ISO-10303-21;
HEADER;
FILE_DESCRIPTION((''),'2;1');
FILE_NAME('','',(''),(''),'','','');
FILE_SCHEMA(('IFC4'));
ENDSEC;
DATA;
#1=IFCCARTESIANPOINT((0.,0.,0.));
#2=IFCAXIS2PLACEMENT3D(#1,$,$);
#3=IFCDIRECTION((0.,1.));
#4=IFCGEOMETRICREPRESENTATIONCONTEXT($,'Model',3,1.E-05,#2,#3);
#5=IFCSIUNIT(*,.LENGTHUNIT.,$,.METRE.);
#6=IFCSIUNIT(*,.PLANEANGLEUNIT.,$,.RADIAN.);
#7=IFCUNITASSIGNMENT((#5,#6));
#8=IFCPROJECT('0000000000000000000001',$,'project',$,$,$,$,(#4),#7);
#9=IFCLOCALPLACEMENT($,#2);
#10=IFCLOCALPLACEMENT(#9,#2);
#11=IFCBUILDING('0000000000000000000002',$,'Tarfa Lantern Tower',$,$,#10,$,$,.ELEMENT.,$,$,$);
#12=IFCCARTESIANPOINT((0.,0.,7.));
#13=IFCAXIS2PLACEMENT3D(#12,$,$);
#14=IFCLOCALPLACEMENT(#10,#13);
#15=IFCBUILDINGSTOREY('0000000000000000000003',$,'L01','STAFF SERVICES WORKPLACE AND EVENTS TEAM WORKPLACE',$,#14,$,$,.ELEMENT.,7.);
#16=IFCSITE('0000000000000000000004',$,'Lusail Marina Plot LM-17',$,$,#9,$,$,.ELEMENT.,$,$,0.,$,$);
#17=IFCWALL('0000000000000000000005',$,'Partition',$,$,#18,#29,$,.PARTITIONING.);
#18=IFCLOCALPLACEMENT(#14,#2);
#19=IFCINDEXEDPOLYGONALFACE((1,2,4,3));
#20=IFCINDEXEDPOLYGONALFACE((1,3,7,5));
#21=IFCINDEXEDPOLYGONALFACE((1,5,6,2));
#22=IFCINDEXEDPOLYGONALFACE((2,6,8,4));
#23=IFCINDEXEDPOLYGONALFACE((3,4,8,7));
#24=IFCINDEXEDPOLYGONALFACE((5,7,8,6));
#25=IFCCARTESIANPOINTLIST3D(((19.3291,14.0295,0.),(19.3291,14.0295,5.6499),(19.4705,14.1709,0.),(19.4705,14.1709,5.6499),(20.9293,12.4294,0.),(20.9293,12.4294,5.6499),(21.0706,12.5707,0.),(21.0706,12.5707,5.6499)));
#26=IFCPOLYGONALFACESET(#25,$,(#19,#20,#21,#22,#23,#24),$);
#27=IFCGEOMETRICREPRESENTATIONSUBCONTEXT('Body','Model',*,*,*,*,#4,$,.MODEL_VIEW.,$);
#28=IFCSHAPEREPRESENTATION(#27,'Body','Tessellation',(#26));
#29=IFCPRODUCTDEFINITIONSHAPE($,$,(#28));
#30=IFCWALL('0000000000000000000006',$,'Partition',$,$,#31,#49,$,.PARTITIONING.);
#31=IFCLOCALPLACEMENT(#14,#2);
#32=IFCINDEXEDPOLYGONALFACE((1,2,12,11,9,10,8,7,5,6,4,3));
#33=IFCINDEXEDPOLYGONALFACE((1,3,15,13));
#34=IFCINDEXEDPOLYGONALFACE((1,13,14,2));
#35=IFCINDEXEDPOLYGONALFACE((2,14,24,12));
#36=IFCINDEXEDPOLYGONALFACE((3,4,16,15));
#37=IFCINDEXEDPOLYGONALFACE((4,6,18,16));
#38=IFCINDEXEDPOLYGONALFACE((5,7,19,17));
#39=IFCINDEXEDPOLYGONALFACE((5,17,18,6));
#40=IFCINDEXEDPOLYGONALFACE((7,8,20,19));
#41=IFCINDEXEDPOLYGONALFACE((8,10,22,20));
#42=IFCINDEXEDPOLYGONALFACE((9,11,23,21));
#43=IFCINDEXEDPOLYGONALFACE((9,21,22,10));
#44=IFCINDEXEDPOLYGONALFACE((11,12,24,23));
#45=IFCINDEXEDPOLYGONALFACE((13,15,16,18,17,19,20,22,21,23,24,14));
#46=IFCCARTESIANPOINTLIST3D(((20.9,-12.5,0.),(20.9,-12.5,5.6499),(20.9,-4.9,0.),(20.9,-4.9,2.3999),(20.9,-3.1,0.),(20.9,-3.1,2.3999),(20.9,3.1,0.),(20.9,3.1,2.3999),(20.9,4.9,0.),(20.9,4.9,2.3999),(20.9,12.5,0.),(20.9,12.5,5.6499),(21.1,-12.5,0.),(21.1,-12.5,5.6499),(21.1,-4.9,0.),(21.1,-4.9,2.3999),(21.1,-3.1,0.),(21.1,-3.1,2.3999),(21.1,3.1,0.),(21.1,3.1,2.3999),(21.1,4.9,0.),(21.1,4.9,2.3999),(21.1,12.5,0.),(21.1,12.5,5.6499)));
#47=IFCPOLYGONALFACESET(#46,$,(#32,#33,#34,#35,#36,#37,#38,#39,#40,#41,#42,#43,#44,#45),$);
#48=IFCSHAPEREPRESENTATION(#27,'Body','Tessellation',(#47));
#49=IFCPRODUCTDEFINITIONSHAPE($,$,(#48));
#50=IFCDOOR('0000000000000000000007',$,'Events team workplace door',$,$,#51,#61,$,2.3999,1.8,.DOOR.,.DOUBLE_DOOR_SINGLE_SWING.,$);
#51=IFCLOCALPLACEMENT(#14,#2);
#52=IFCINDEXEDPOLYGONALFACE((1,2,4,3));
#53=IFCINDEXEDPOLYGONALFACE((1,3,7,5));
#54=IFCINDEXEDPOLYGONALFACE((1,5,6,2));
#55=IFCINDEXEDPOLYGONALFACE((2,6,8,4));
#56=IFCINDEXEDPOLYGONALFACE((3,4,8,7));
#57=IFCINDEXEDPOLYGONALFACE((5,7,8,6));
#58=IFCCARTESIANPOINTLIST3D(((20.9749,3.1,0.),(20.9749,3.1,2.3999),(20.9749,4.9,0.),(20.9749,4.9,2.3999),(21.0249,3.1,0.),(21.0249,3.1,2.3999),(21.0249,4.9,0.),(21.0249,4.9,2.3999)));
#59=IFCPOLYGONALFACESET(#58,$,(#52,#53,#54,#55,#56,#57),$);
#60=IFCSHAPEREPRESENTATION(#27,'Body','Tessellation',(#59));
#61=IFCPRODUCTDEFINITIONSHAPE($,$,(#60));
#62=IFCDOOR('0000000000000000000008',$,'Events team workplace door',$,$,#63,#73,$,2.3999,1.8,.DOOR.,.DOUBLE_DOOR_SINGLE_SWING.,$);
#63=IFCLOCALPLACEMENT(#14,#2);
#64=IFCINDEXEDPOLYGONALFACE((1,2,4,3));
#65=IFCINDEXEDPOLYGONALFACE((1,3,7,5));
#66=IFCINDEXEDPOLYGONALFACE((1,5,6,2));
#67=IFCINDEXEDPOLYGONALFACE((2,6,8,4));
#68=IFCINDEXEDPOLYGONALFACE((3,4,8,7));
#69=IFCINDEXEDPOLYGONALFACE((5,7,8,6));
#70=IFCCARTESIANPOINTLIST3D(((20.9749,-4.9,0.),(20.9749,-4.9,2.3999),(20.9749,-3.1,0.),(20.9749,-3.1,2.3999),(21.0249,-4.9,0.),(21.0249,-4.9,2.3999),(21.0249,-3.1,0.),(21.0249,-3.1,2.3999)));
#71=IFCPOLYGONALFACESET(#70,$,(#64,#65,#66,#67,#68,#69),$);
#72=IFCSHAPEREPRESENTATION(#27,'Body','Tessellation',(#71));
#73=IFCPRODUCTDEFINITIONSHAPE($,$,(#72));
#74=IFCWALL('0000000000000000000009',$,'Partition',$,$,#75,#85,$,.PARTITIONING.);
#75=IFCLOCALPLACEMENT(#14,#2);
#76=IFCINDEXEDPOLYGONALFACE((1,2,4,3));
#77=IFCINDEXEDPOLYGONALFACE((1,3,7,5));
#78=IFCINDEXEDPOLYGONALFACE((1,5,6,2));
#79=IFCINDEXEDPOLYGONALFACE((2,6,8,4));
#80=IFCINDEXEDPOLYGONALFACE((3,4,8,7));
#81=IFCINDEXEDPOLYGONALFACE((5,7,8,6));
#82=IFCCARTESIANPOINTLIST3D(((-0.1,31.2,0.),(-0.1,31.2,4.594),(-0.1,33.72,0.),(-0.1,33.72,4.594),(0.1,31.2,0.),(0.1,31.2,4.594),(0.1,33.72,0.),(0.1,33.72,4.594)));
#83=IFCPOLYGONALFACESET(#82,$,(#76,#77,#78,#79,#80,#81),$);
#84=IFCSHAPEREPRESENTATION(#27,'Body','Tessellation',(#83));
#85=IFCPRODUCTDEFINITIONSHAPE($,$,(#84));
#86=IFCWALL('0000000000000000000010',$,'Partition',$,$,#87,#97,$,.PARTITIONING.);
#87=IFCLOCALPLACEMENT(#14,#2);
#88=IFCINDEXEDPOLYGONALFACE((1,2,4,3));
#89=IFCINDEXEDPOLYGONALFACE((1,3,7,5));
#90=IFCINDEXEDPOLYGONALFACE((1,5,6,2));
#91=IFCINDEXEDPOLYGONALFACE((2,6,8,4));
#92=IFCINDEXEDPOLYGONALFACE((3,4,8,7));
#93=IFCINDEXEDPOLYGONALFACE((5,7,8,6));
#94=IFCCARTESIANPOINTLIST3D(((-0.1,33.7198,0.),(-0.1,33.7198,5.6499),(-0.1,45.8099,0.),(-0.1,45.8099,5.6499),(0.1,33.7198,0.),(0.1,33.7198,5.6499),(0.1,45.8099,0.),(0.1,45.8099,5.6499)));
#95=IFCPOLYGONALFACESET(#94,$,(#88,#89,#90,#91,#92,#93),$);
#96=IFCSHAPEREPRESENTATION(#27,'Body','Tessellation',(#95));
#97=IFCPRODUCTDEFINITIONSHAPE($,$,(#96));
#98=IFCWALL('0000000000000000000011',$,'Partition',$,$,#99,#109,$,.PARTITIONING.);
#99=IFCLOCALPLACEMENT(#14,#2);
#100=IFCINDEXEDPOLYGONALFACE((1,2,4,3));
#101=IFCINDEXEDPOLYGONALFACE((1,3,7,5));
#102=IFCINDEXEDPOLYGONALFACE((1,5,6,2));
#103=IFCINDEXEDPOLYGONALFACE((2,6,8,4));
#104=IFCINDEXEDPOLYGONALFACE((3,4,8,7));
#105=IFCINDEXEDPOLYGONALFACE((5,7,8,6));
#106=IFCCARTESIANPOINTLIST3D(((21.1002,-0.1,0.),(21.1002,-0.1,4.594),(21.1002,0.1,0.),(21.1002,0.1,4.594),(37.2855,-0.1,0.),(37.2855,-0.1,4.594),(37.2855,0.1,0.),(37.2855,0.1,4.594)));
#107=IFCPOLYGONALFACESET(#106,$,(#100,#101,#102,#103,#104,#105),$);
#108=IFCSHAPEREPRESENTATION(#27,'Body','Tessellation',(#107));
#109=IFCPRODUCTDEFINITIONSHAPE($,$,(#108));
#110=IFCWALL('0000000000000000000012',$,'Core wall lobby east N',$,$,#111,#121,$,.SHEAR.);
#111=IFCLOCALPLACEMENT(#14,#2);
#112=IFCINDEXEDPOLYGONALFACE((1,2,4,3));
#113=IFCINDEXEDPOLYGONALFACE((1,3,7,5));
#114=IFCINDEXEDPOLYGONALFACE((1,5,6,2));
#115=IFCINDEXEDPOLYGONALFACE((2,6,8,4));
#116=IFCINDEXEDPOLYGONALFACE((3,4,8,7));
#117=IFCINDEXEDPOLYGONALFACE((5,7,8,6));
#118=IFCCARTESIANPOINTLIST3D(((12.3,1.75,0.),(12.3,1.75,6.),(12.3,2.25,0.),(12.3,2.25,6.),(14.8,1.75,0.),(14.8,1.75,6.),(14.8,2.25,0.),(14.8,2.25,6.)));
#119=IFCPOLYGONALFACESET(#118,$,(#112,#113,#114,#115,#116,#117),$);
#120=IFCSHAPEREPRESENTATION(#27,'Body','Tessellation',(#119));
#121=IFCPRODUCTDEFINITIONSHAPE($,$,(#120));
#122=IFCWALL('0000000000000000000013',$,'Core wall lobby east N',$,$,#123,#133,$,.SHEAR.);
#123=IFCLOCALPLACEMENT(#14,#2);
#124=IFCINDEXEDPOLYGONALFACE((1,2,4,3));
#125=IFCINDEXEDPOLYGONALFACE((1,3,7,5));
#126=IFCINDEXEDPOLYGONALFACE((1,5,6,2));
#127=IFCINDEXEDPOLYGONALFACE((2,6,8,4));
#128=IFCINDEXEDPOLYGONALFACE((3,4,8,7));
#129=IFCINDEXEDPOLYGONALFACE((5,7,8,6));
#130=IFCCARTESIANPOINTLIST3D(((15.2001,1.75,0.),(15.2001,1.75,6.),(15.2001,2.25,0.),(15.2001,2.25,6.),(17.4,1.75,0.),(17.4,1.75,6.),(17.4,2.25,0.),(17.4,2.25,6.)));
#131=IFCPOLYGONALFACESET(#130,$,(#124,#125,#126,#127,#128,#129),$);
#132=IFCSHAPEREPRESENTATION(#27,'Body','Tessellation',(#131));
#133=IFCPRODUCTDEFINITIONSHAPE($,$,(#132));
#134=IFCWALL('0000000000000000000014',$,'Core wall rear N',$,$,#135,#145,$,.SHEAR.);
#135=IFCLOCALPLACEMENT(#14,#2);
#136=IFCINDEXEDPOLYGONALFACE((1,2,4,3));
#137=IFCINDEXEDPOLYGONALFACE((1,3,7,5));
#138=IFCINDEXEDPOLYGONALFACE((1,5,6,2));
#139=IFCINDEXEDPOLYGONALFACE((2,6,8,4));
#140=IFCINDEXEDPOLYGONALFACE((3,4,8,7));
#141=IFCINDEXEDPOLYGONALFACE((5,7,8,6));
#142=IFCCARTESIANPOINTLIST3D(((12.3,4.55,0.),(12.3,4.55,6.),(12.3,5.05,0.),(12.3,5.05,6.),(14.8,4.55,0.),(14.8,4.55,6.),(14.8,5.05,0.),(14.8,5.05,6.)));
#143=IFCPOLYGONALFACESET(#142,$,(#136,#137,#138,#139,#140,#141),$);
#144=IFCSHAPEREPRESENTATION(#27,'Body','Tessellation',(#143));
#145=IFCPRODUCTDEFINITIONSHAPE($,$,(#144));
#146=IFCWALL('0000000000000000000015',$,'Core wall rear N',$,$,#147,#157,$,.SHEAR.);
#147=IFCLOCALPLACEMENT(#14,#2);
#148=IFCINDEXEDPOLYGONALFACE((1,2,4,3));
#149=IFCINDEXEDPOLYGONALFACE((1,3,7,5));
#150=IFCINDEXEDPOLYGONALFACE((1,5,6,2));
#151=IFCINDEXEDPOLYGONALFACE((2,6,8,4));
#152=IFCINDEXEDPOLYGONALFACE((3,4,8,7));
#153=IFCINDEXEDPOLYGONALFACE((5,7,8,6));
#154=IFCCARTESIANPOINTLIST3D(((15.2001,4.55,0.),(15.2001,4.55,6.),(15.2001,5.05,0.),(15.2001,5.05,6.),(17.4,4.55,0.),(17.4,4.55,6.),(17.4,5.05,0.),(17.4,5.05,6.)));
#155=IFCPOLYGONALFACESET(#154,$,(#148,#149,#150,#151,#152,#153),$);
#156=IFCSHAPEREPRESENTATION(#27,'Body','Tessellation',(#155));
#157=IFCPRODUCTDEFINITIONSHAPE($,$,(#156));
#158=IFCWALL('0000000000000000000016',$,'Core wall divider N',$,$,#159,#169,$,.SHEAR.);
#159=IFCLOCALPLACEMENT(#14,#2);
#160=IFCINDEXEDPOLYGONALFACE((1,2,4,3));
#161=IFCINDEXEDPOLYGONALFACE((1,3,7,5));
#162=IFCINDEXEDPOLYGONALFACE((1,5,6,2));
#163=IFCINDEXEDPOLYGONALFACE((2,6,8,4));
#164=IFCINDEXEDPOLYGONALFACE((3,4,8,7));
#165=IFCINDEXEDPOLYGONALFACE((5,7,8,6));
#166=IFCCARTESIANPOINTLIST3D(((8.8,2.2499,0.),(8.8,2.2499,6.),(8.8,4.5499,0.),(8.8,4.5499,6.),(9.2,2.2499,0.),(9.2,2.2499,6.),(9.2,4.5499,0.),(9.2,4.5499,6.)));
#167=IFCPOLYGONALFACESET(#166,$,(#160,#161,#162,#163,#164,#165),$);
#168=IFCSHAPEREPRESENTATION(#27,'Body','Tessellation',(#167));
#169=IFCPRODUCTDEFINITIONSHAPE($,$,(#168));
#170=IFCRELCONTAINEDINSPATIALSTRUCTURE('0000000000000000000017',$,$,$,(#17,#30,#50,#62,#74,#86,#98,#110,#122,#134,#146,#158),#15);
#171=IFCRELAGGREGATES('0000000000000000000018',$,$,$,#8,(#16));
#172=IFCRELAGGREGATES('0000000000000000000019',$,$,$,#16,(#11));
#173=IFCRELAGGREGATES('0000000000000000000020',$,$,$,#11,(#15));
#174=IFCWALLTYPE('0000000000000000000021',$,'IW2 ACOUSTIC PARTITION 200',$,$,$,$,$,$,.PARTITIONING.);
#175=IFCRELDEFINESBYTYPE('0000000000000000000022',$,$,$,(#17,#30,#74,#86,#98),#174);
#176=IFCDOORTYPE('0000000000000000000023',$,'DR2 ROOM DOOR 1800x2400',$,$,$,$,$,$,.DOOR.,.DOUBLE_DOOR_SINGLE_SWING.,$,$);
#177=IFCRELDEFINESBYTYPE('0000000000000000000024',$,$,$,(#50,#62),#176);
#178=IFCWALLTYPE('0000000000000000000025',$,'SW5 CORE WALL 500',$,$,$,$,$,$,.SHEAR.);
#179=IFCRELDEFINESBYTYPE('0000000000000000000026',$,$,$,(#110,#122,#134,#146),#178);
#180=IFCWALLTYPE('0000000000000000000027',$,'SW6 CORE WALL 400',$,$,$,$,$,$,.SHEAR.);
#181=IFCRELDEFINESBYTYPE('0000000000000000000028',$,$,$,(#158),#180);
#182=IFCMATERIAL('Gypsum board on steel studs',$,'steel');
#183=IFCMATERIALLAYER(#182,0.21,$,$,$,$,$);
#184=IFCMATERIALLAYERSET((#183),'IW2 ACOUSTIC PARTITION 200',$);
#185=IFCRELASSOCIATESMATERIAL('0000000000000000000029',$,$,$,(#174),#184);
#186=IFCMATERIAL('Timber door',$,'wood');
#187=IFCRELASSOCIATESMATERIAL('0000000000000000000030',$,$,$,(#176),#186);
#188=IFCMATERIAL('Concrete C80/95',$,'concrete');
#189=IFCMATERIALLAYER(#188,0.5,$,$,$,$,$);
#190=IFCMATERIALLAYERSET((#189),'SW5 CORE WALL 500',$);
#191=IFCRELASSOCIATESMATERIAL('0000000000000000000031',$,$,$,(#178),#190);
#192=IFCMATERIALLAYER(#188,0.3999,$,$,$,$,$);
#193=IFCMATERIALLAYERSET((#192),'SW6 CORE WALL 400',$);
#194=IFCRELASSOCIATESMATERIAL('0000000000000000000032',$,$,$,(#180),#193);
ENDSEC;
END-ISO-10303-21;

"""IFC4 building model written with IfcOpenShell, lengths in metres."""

from ifc_helpers import new_model, si_unit, direction, frame, frame_2d, origin, place, context, subcontext, project, spatial, rectangle, extrude, material, layer, layer_set, type_object, element, fill, save


model = new_model("IFC4")

# Units and contexts
model_context = context("Model", 3, precision=1e-05, world=origin(), true_north=direction((0.0, 1.0)))
body_context = subcontext(model_context, "Body", "Model", "MODEL_VIEW")
ifc_project = project(units=[si_unit("LENGTHUNIT", "METRE"), si_unit("PLANEANGLEUNIT", "RADIAN")], contexts=[model_context])

# Site, building, storey
site_placement = place(None, origin())
site = spatial("IfcSite", under=ifc_project, at=site_placement, Name="Lusail Marina Plot LM-17", CompositionType="ELEMENT", RefElevation=0.0)
building_placement = place(site_placement, origin())
building = spatial("IfcBuilding", under=site, at=building_placement, Name="Tarfa Lantern Tower", CompositionType="ELEMENT")
storey_placement = place(building_placement, frame((0.0, 0.0, 7.0)))
storey = spatial("IfcBuildingStorey", under=building, at=storey_placement, Name="L01", Description="STAFF SERVICES WORKPLACE AND EVENTS TEAM WORKPLACE", CompositionType="ELEMENT", Elevation=7.0)

# Shared definitions
ifc_material_1 = material(Name="Concrete C80/95", Category="concrete")

# Wall
ifc_material_2 = material(Name="Gypsum board on steel studs", Category="steel")
ifc_layer_1 = layer(ifc_material_2, 0.21)
ifc_layer_set_1 = layer_set([ifc_layer_1], Name="IW2 ACOUSTIC PARTITION 200")
wall_type_1 = type_object("IfcWallType", Name="IW2 ACOUSTIC PARTITION 200", PredefinedType="PARTITIONING", material=ifc_layer_set_1)
wall_1_placement = place(storey_placement, frame((19.3999, 14.1001, 0.0), z_axis=(0.0, 0.0, 1.0), x_axis=(0.707107, -0.707107, 0.0)))
element("IfcWall", 1, at=wall_1_placement, inside=storey, type_object=wall_type_1, Name="Partition", PredefinedType="PARTITIONING", context=body_context, shape_type="SweptSolid", body=[
    extrude(rectangle(XDim=2.2629, YDim=0.2, at=frame_2d((1.1313, 0.0))), origin(), (0.0, 0.0, 1.0), 5.6499),
])

# Wall, openings, doors
wall_2_placement = place(storey_placement, frame((21.0, 12.5, 0.0), z_axis=(0.0, 0.0, 1.0), x_axis=(0.0, -1.0, 0.0)))
wall_2 = element("IfcWall", 2, at=wall_2_placement, inside=storey, type_object=wall_type_1, Name="Partition", PredefinedType="PARTITIONING", context=body_context, shape_type="SweptSolid", body=[
    extrude(rectangle(XDim=25.0, YDim=0.2, at=frame_2d((12.5, 0.0))), origin(), (0.0, 0.0, 1.0), 5.6499),
])
opening_1_placement = place(wall_2_placement, frame((7.6001, 0.0, 0.0)))
opening_1 = element("IfcOpeningElement", 3, at=opening_1_placement, cuts=wall_2, PredefinedType="OPENING", context=body_context, shape_type="SweptSolid", body=[
    extrude(rectangle(XDim=1.8, YDim=2.3999, at=frame_2d((0.8999, 1.2))), frame((0.0, 0.1099, 0.0), z_axis=(0.0, -1.0, 0.0), x_axis=(1.0, 0.0, 0.0)), (0.0, 0.0, 1.0), 0.22),
])
opening_2_placement = place(wall_2_placement, frame((15.6001, 0.0, 0.0)))
opening_2 = element("IfcOpeningElement", 4, at=opening_2_placement, cuts=wall_2, PredefinedType="OPENING", context=body_context, shape_type="SweptSolid", body=[
    extrude(rectangle(XDim=1.8, YDim=2.3999, at=frame_2d((0.8999, 1.2))), frame((0.0, 0.1099, 0.0), z_axis=(0.0, -1.0, 0.0), x_axis=(1.0, 0.0, 0.0)), (0.0, 0.0, 1.0), 0.22),
])
ifc_material_3 = material(Name="Timber door", Category="wood")
door_type = type_object("IfcDoorType", Name="DR2 ROOM DOOR 1800x2400", OperationType="DOUBLE_DOOR_SINGLE_SWING", PredefinedType="DOOR", material=ifc_material_3)
door_1_placement = place(opening_1_placement, origin())
door_1 = element("IfcDoor", 5, at=door_1_placement, inside=storey, type_object=door_type, Name="Events team workplace door", OperationType="DOUBLE_DOOR_SINGLE_SWING", OverallHeight=2.3999, OverallWidth=1.8, PredefinedType="DOOR", context=body_context, shape_type="SweptSolid", body=[
    extrude(rectangle(XDim=1.8, YDim=2.3999, at=frame_2d((0.8999, 1.2))), frame((0.0, 0.0249, 0.0), z_axis=(0.0, -1.0, 0.0), x_axis=(1.0, 0.0, 0.0)), (0.0, 0.0, 1.0), 0.05),
])
fill(opening_1, door_1)
door_2_placement = place(opening_2_placement, origin())
door_2 = element("IfcDoor", 6, at=door_2_placement, inside=storey, type_object=door_type, Name="Events team workplace door", OperationType="DOUBLE_DOOR_SINGLE_SWING", OverallHeight=2.3999, OverallWidth=1.8, PredefinedType="DOOR", context=body_context, shape_type="SweptSolid", body=[
    extrude(rectangle(XDim=1.8, YDim=2.3999, at=frame_2d((0.8999, 1.2))), frame((0.0, 0.0249, 0.0), z_axis=(0.0, -1.0, 0.0), x_axis=(1.0, 0.0, 0.0)), (0.0, 0.0, 1.0), 0.05),
])
fill(opening_2, door_2)

# Walls
wall_3_placement = place(storey_placement, frame((0.0, 31.2, 0.0), z_axis=(0.0, 0.0, 1.0), x_axis=(0.0, 1.0, 0.0)))
element("IfcWall", 7, at=wall_3_placement, inside=storey, type_object=wall_type_1, Name="Partition", PredefinedType="PARTITIONING", context=body_context, shape_type="SweptSolid", body=[
    extrude(rectangle(XDim=2.52, YDim=0.2, at=frame_2d((1.26, 0.0))), origin(), (0.0, 0.0, 1.0), 4.594),
])
wall_4_placement = place(storey_placement, frame((0.0, 33.72, 0.0), z_axis=(0.0, 0.0, 1.0), x_axis=(0.0, 1.0, 0.0)))
element("IfcWall", 8, at=wall_4_placement, inside=storey, type_object=wall_type_1, Name="Partition", PredefinedType="PARTITIONING", context=body_context, shape_type="SweptSolid", body=[
    extrude(rectangle(XDim=12.0901, YDim=0.2, at=frame_2d((6.0449, 0.0))), origin(), (0.0, 0.0, 1.0), 5.6499),
])
wall_5_placement = place(storey_placement, frame((21.1001, 0.0, 0.0), z_axis=(0.0, 0.0, 1.0), x_axis=(1.0, 0.0, 0.0)))
element("IfcWall", 9, at=wall_5_placement, inside=storey, type_object=wall_type_1, Name="Partition", PredefinedType="PARTITIONING", context=body_context, shape_type="SweptSolid", body=[
    extrude(rectangle(XDim=16.1853, YDim=0.2, at=frame_2d((8.0928, 0.0))), origin(), (0.0, 0.0, 1.0), 4.594),
])
ifc_layer_2 = layer(ifc_material_1, 0.5)
ifc_layer_set_2 = layer_set([ifc_layer_2], Name="SW5 CORE WALL 500")
wall_type_2 = type_object("IfcWallType", Name="SW5 CORE WALL 500", PredefinedType="SHEAR", material=ifc_layer_set_2)
wall_6_placement = place(storey_placement, frame((12.3, 2.0, 0.0), z_axis=(0.0, 0.0, 1.0), x_axis=(1.0, 0.0, 0.0)))
element("IfcWall", 10, at=wall_6_placement, inside=storey, type_object=wall_type_2, Name="Core wall lobby east N", PredefinedType="SHEAR", context=body_context, shape_type="SweptSolid", body=[
    extrude(rectangle(XDim=2.5, YDim=0.5, at=frame_2d((1.25, 0.0))), origin(), (0.0, 0.0, 1.0), 6.0),
])
wall_7_placement = place(storey_placement, frame((15.2, 2.0, 0.0), z_axis=(0.0, 0.0, 1.0), x_axis=(1.0, 0.0, 0.0)))
element("IfcWall", 11, at=wall_7_placement, inside=storey, type_object=wall_type_2, Name="Core wall lobby east N", PredefinedType="SHEAR", context=body_context, shape_type="SweptSolid", body=[
    extrude(rectangle(XDim=2.2, YDim=0.5, at=frame_2d((1.1001, 0.0))), origin(), (0.0, 0.0, 1.0), 6.0),
])
wall_8_placement = place(storey_placement, frame((12.3, 4.8, 0.0), z_axis=(0.0, 0.0, 1.0), x_axis=(1.0, 0.0, 0.0)))
element("IfcWall", 12, at=wall_8_placement, inside=storey, type_object=wall_type_2, Name="Core wall rear N", PredefinedType="SHEAR", context=body_context, shape_type="SweptSolid", body=[
    extrude(rectangle(XDim=2.5, YDim=0.5, at=frame_2d((1.25, 0.0))), origin(), (0.0, 0.0, 1.0), 6.0),
])
wall_9_placement = place(storey_placement, frame((15.2, 4.8, 0.0), z_axis=(0.0, 0.0, 1.0), x_axis=(1.0, 0.0, 0.0)))
element("IfcWall", 13, at=wall_9_placement, inside=storey, type_object=wall_type_2, Name="Core wall rear N", PredefinedType="SHEAR", context=body_context, shape_type="SweptSolid", body=[
    extrude(rectangle(XDim=2.2, YDim=0.5, at=frame_2d((1.1001, 0.0))), origin(), (0.0, 0.0, 1.0), 6.0),
])
ifc_layer_3 = layer(ifc_material_1, 0.3999)
ifc_layer_set_3 = layer_set([ifc_layer_3], Name="SW6 CORE WALL 400")
wall_type_3 = type_object("IfcWallType", Name="SW6 CORE WALL 400", PredefinedType="SHEAR", material=ifc_layer_set_3)
wall_10_placement = place(storey_placement, frame((9.0, 2.25, 0.0), z_axis=(0.0, 0.0, 1.0), x_axis=(0.0, 1.0, 0.0)))
element("IfcWall", 14, at=wall_10_placement, inside=storey, type_object=wall_type_3, Name="Core wall divider N", PredefinedType="SHEAR", context=body_context, shape_type="SweptSolid", body=[
    extrude(rectangle(XDim=2.3, YDim=0.3999, at=frame_2d((1.1499, 0.0))), origin(), (0.0, 0.0, 1.0), 6.0),
])

save(model, "model.ifc")
